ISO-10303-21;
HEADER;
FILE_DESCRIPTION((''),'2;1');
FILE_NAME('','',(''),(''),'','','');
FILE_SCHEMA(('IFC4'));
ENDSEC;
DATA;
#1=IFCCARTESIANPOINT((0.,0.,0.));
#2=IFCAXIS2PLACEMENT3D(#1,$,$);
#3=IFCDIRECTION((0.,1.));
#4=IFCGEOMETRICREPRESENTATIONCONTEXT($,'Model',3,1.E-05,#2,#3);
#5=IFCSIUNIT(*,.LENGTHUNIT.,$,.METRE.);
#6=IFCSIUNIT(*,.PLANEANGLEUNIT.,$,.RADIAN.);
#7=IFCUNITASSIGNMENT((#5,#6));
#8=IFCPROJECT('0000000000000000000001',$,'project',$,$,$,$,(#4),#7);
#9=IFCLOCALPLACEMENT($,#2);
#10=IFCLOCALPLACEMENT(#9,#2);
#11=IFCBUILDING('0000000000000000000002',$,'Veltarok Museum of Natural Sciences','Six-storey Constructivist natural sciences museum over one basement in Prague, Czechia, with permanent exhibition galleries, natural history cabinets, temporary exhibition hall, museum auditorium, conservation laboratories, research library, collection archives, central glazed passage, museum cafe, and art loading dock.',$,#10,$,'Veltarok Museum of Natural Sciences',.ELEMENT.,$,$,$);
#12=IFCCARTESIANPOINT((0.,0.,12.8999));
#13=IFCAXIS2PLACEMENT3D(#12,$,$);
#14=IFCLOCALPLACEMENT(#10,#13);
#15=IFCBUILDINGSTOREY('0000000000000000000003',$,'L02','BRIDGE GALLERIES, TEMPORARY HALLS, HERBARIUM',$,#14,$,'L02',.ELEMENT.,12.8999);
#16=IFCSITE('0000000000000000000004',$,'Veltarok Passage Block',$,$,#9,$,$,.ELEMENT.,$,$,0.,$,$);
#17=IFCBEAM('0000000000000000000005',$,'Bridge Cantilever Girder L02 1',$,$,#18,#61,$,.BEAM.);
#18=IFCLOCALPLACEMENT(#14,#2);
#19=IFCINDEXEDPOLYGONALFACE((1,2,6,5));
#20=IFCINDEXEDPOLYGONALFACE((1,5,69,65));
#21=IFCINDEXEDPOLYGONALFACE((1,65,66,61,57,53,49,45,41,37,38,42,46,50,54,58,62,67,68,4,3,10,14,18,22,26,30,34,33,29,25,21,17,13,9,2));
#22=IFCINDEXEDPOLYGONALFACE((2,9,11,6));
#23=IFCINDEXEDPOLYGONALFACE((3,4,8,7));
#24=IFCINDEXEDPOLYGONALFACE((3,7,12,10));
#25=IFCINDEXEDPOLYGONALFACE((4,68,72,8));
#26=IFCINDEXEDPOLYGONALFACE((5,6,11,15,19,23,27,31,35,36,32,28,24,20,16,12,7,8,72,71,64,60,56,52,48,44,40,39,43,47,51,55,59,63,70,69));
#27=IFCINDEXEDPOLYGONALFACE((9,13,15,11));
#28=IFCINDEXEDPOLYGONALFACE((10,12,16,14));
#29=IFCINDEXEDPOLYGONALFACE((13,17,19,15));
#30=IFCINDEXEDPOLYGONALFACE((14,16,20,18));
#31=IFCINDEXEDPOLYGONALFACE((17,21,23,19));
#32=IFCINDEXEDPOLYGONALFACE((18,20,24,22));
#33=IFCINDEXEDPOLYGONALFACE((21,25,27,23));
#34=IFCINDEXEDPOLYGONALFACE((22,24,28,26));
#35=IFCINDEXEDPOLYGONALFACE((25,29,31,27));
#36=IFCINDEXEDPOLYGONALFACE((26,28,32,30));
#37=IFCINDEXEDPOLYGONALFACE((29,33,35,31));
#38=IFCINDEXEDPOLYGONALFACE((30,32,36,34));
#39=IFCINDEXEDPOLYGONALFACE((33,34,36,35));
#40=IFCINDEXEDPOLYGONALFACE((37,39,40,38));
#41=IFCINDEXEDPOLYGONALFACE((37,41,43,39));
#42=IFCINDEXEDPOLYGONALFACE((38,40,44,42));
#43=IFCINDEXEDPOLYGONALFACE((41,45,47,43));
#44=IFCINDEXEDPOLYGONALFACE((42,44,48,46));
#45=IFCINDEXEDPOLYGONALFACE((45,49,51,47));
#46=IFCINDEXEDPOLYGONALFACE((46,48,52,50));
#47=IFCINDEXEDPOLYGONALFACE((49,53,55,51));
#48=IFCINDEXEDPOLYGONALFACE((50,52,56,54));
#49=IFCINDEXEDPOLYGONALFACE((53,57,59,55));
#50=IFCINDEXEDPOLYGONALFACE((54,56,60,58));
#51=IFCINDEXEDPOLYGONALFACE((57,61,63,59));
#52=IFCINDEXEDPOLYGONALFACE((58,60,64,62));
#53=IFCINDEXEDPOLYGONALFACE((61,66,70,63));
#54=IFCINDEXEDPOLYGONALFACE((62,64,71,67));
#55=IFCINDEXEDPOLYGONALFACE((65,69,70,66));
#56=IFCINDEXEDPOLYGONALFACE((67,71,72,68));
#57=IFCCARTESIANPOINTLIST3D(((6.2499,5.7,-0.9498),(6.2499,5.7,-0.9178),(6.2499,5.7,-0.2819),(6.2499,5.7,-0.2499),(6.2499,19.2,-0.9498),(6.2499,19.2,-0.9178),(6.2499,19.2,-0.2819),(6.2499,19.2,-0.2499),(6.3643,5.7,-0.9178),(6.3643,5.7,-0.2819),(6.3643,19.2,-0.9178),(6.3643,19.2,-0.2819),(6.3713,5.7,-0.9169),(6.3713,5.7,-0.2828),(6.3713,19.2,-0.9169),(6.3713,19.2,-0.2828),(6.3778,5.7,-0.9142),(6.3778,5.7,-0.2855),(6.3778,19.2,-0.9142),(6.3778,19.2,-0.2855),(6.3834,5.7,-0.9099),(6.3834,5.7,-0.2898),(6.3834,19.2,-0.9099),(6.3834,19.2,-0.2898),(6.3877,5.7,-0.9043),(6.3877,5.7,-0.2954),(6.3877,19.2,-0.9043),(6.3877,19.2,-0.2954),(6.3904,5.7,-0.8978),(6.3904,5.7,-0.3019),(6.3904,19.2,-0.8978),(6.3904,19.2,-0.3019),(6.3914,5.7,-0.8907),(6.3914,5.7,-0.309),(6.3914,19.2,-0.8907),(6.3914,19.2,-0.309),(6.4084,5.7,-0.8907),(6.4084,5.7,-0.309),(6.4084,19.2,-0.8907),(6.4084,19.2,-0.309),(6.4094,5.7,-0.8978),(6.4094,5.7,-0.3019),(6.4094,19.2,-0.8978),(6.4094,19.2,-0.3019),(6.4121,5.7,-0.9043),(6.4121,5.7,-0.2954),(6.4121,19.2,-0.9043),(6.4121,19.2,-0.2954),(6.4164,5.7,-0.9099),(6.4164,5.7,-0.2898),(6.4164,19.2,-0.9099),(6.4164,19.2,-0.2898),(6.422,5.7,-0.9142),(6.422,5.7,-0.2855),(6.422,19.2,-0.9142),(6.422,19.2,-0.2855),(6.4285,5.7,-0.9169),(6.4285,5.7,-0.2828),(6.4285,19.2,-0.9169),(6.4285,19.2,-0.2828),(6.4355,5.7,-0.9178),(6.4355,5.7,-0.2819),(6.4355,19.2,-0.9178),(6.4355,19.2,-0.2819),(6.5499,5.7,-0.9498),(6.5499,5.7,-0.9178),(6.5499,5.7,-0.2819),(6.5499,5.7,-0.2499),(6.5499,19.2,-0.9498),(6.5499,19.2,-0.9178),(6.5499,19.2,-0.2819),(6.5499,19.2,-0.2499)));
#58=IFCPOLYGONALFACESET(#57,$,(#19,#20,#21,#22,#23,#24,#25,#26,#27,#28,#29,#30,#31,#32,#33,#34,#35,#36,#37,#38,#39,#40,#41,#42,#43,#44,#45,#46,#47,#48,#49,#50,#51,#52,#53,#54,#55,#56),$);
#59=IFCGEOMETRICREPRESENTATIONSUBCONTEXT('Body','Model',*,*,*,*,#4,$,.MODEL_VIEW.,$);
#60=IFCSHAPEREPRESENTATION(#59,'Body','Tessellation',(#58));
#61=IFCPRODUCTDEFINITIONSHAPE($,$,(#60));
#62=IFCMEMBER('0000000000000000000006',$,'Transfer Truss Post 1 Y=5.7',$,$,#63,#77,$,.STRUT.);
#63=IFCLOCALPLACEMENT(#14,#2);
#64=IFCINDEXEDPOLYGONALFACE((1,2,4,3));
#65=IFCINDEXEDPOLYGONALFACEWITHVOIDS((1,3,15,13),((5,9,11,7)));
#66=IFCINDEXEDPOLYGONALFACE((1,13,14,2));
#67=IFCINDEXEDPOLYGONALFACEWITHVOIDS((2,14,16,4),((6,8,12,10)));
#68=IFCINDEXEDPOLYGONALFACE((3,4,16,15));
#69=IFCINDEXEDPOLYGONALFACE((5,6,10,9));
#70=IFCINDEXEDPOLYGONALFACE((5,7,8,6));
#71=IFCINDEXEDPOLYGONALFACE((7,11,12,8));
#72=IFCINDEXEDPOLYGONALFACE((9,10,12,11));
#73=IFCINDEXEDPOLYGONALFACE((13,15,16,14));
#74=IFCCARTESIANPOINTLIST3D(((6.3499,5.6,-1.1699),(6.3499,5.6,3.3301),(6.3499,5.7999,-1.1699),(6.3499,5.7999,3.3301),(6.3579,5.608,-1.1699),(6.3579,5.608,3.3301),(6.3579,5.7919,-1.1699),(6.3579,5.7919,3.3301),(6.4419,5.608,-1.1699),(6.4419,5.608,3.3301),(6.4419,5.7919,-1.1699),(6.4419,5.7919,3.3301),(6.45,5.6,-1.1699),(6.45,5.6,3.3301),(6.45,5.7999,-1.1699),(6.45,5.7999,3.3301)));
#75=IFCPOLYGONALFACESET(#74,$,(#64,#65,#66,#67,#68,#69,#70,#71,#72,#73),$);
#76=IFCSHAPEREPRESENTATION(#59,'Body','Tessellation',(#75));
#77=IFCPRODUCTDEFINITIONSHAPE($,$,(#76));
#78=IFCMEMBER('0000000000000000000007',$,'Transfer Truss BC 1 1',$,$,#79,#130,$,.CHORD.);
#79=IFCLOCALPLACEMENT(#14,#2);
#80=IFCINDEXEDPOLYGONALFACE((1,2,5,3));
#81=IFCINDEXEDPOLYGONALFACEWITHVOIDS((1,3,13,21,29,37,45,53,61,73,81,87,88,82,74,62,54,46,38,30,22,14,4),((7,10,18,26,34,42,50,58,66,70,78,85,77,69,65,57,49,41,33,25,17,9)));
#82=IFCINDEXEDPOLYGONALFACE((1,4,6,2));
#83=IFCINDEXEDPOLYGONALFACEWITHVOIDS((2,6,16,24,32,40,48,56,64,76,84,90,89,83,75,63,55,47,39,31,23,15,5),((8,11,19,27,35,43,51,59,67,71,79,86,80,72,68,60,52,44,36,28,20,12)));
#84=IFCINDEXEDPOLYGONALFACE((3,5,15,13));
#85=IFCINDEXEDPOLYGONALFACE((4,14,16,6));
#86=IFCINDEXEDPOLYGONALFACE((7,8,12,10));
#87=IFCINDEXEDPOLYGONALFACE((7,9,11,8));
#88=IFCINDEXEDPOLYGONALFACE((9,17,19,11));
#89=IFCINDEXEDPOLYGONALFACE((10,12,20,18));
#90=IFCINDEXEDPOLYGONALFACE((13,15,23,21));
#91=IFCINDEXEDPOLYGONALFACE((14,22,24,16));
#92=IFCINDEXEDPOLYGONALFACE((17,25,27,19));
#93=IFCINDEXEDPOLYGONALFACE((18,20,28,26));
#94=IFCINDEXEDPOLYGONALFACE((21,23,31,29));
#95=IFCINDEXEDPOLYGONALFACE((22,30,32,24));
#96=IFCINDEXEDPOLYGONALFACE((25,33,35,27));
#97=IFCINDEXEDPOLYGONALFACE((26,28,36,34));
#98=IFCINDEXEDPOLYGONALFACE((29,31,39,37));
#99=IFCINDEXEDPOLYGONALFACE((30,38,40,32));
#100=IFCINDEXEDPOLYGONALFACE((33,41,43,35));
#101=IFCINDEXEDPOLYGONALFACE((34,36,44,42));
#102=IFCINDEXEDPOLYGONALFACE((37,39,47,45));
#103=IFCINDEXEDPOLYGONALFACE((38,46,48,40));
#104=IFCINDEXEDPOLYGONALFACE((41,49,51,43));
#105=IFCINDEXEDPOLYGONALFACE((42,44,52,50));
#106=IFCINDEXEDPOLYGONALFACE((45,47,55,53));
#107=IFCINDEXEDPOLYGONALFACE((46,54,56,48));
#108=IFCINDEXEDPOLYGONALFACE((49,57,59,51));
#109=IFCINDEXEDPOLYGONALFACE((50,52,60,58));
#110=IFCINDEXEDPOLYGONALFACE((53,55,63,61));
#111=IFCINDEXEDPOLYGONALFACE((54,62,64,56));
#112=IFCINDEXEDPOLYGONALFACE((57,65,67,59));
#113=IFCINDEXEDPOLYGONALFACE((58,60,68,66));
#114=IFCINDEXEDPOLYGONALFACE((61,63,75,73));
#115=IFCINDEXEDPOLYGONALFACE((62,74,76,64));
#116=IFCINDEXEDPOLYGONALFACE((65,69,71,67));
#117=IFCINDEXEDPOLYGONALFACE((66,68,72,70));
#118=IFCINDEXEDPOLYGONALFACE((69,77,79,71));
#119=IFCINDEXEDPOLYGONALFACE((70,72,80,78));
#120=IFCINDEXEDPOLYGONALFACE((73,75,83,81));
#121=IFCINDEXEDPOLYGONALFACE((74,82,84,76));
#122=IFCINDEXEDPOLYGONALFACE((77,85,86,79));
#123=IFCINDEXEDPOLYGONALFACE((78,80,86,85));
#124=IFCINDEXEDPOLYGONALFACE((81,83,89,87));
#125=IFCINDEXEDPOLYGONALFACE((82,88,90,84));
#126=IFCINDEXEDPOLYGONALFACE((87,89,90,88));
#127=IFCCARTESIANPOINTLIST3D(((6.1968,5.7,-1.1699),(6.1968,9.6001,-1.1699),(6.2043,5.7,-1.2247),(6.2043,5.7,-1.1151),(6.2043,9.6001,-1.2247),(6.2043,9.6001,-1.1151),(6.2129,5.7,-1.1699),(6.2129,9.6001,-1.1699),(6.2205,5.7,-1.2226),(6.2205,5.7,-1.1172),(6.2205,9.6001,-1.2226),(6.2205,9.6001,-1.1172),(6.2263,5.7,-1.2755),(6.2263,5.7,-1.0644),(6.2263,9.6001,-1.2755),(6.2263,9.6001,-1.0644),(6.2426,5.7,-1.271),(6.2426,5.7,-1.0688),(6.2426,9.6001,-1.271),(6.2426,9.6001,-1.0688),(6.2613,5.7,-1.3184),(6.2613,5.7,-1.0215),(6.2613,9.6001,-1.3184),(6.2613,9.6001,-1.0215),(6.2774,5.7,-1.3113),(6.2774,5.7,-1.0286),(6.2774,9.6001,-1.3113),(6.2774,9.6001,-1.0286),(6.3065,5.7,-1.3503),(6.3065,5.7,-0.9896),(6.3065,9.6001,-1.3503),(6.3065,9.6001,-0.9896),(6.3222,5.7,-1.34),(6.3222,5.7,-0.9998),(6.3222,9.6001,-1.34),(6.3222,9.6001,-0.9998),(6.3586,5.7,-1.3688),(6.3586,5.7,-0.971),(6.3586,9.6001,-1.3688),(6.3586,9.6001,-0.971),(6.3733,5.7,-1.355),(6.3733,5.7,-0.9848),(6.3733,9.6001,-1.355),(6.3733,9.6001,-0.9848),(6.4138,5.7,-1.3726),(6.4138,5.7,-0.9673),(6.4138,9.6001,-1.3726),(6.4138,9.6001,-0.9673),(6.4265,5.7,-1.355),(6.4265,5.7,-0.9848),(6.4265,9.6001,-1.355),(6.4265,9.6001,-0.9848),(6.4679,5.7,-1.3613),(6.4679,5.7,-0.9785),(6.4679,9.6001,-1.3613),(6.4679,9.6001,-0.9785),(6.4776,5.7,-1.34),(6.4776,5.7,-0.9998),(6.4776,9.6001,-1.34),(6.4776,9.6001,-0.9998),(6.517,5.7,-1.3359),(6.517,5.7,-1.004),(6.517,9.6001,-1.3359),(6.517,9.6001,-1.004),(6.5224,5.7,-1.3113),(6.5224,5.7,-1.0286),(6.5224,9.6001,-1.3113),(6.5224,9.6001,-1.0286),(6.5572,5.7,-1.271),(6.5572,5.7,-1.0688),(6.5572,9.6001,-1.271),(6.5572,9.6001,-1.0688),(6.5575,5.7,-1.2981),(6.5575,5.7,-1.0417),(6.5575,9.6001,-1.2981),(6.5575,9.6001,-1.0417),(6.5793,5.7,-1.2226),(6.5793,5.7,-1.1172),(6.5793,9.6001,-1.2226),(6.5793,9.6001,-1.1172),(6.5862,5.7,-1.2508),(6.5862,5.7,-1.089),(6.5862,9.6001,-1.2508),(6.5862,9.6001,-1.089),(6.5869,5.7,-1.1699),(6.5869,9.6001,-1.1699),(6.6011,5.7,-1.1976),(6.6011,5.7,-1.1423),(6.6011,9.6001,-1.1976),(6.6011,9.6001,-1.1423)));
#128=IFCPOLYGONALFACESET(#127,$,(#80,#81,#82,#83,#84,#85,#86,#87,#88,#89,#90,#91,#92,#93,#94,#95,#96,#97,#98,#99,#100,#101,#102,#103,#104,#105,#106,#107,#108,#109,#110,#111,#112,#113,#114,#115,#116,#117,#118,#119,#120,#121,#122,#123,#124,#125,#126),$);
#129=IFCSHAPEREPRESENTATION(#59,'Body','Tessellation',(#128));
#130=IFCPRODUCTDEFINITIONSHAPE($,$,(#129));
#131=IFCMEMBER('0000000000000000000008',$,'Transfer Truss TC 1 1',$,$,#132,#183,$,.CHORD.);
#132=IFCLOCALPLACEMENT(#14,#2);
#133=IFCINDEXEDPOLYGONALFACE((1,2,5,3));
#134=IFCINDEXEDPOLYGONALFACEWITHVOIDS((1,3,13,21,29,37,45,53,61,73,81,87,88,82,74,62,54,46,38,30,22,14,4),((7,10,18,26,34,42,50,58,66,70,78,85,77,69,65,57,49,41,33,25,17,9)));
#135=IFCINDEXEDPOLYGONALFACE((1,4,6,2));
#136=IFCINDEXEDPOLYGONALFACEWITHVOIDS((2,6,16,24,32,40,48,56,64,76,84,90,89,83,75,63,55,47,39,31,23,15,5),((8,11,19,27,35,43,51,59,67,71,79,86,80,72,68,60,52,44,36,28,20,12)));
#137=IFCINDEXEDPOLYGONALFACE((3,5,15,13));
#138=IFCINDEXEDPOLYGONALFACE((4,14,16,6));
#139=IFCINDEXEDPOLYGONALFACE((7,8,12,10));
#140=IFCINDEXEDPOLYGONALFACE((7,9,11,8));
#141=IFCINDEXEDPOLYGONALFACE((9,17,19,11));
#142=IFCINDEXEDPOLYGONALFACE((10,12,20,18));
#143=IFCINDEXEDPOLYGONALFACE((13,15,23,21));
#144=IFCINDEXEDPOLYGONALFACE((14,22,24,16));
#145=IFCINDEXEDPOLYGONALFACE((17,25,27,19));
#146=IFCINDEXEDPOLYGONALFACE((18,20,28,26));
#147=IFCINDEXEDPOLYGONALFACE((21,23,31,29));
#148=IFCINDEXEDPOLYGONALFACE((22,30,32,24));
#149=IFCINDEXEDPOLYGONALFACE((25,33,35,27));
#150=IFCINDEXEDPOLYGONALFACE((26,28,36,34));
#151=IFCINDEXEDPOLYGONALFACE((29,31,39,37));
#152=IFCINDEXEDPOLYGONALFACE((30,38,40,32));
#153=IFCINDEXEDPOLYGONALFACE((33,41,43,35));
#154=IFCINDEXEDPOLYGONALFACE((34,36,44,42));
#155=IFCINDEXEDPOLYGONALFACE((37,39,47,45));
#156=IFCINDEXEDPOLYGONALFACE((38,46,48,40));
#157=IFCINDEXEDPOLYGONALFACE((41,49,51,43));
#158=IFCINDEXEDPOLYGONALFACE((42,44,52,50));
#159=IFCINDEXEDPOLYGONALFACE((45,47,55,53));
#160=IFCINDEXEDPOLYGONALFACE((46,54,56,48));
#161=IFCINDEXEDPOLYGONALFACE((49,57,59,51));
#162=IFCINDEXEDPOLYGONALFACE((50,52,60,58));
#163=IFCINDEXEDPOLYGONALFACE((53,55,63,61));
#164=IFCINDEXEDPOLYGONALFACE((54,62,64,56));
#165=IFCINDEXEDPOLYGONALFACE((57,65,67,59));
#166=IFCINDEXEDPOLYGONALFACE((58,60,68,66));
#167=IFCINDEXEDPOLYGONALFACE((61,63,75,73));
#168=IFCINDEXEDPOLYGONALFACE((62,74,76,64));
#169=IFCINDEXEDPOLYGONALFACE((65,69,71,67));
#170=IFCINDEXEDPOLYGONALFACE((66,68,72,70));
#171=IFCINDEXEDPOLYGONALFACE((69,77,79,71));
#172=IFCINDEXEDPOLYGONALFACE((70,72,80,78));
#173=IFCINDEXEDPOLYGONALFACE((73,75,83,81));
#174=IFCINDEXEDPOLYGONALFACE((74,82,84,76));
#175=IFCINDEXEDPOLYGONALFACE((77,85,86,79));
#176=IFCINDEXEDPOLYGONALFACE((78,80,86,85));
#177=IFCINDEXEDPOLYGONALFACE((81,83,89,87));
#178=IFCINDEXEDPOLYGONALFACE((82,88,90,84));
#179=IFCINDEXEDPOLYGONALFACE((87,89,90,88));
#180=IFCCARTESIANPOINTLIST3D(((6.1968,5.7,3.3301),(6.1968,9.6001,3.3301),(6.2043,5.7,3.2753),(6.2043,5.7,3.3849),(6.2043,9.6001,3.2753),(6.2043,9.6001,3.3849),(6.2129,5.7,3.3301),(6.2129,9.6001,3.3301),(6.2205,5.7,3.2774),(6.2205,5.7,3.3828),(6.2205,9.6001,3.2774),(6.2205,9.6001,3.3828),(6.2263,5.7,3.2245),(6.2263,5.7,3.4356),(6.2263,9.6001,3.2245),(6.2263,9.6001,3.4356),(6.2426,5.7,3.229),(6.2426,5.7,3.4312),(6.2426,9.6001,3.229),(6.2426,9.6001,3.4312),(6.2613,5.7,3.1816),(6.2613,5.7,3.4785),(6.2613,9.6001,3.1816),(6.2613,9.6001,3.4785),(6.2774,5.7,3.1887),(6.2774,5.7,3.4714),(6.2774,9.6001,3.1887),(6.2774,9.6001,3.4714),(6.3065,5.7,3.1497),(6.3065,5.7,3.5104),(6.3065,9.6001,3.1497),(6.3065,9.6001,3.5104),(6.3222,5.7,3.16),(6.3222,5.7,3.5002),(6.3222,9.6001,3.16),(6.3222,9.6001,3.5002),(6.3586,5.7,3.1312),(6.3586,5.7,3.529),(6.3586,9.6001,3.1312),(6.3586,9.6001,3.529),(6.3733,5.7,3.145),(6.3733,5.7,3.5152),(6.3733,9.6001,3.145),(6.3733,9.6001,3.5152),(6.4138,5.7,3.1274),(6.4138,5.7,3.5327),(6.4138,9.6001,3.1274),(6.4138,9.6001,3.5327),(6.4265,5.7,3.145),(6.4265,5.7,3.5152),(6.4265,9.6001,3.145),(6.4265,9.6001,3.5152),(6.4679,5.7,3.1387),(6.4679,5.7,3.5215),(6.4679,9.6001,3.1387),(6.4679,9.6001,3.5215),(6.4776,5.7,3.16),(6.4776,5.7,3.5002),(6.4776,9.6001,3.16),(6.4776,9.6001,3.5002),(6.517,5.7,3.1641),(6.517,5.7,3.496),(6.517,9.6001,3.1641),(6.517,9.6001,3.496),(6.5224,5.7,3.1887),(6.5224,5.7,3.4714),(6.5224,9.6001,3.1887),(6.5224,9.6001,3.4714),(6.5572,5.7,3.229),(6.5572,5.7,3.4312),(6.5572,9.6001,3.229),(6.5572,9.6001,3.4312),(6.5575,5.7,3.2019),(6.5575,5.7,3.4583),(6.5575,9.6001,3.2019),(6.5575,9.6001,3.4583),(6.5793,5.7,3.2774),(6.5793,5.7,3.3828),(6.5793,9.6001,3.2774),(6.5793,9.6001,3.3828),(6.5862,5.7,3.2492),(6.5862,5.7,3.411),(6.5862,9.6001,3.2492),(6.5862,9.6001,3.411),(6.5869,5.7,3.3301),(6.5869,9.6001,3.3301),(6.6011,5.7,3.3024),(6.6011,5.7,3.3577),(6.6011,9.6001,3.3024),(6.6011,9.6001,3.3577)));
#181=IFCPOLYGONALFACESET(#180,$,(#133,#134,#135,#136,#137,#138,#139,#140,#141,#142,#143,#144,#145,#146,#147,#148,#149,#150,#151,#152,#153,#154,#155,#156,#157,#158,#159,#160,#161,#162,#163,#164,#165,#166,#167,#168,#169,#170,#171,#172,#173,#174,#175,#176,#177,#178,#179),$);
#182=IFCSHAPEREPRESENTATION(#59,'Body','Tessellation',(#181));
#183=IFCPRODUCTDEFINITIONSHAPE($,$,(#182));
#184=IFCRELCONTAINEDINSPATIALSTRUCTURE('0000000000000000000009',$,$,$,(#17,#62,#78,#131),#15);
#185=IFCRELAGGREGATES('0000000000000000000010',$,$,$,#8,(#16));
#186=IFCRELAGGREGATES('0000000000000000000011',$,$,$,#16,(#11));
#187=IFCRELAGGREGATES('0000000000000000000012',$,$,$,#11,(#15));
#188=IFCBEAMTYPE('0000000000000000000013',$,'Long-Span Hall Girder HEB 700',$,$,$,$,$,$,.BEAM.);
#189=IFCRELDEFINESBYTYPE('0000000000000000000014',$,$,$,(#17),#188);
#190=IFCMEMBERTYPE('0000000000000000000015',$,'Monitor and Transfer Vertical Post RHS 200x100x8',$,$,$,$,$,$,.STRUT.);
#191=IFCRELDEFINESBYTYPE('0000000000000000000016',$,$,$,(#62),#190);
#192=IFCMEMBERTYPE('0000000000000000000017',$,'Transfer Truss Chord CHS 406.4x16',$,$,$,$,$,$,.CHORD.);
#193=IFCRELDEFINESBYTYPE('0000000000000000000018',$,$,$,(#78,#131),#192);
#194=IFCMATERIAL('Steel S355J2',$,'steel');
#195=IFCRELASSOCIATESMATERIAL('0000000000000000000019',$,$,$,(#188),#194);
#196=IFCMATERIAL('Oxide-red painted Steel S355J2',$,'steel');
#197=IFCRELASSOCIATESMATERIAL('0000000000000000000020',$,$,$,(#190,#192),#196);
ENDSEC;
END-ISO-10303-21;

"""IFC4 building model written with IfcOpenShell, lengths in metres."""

from ifc_helpers import new_model, si_unit, direction, frame, origin, origin_2d, place, context, subcontext, project, spatial, hollow_rectangle, hollow_circle, i_section, extrude, material, material_profile, profile_set, type_object, element, save


model = new_model("IFC4")

# Units and contexts
model_context = context("Model", 3, precision=1e-05, world=origin(), true_north=direction((0.0, 1.0)))
body_context = subcontext(model_context, "Body", "Model", "MODEL_VIEW")
ifc_project = project(units=[si_unit("LENGTHUNIT", "METRE"), si_unit("PLANEANGLEUNIT", "RADIAN")], contexts=[model_context])

# Site, building, storey
site_placement = place(None, origin())
site = spatial("IfcSite", under=ifc_project, at=site_placement, Name="Veltarok Passage Block", CompositionType="ELEMENT", RefElevation=0.0)
building_placement = place(site_placement, origin())
building = spatial("IfcBuilding", under=site, at=building_placement, Name="Veltarok Museum of Natural Sciences", Description="Six-storey Constructivist natural sciences museum over one basement in Prague, Czechia, with permanent exhibition galleries, natural history cabinets, temporary exhibition hall, museum auditorium, conservation laboratories, research library, collection archives, central glazed passage, museum cafe, and art loading dock.", LongName="Veltarok Museum of Natural Sciences", CompositionType="ELEMENT")
storey_placement = place(building_placement, frame((0.0, 0.0, 12.8999)))
storey = spatial("IfcBuildingStorey", under=building, at=storey_placement, Name="L02", Description="BRIDGE GALLERIES, TEMPORARY HALLS, HERBARIUM", LongName="L02", CompositionType="ELEMENT", Elevation=12.8999)

# Shared definitions
ifc_material_1 = material(Name="Steel S355J2", Category="steel")

# Beam
ifc_material_profile_1 = material_profile(ifc_material_1, i_section(OverallWidth=0.3, OverallDepth=0.7, WebThickness=0.0171, FlangeThickness=0.032, FilletRadius=0.0271, at=origin_2d()), Name="HEB 700")
ifc_profile_set_1 = profile_set([ifc_material_profile_1], Name="Steel S355J2")
beam_type_1 = type_object("IfcBeamType", Name="Long-Span Hall Girder HEB 700", PredefinedType="BEAM", material=ifc_profile_set_1)
beam_1_placement = place(storey_placement, frame((6.3999, 5.7, -0.5999), z_axis=(0.0, 1.0, 0.0), x_axis=(-1.0, 0.0, 0.0)))
element("IfcBeam", 1, at=beam_1_placement, inside=storey, type_object=beam_type_1, Name="Bridge Cantilever Girder L02 1", PredefinedType="BEAM", context=body_context, shape_type="SweptSolid", body=[
    extrude(i_section(OverallWidth=0.3, OverallDepth=0.7, WebThickness=0.0171, FlangeThickness=0.032, FilletRadius=0.0271, at=origin_2d()), origin(), (0.0, 0.0, 1.0), 13.5),
])

# Members
ifc_material_2 = material(Name="Oxide-red painted Steel S355J2", Category="steel")
ifc_material_profile_2 = material_profile(ifc_material_2, hollow_rectangle(XDim=0.1001, YDim=0.2, WallThickness=0.0081, at=origin_2d()), Name="RHS 200x100x8")
ifc_profile_set_2 = profile_set([ifc_material_profile_2], Name="Oxide-red painted Steel S355J2")
member_type_1 = type_object("IfcMemberType", Name="Monitor and Transfer Vertical Post RHS 200x100x8", PredefinedType="STRUT", material=ifc_profile_set_2)
member_1_placement = place(storey_placement, frame((6.3999, 5.7, -1.1699), z_axis=(0.0, 0.0, 1.0), x_axis=(1.0, 0.0, 0.0)))
element("IfcMember", 2, at=member_1_placement, inside=storey, type_object=member_type_1, Name="Transfer Truss Post 1 Y=5.7", PredefinedType="STRUT", context=body_context, shape_type="SweptSolid", body=[
    extrude(hollow_rectangle(XDim=0.1001, YDim=0.2, WallThickness=0.0081, at=origin_2d()), origin(), (0.0, 0.0, 1.0), 4.5),
])
ifc_material_profile_3 = material_profile(ifc_material_2, hollow_circle(Radius=0.2031, WallThickness=0.0161, at=origin_2d()), Name="CHS 406.4x16")
ifc_profile_set_3 = profile_set([ifc_material_profile_3], Name="Oxide-red painted Steel S355J2")
member_type_2 = type_object("IfcMemberType", Name="Transfer Truss Chord CHS 406.4x16", PredefinedType="CHORD", material=ifc_profile_set_3)
for number, where, z_axis, x_axis, name in (
    (3, (6.3999, 5.7, -1.1699), (0.0, 1.0, 0.0), (-1.0, 0.0, 0.0), "Transfer Truss BC 1 1"),
    (4, (6.3999, 5.7, 3.3301), (0.0, 1.0, 0.0), (-1.0, 0.0, 0.0), "Transfer Truss TC 1 1"),
):
    element("IfcMember", number, at=place(storey_placement, frame(where, z_axis=z_axis, x_axis=x_axis)), inside=storey, type_object=member_type_2, Name=name, PredefinedType="CHORD", context=body_context, shape_type="SweptSolid", body=[
        extrude(hollow_circle(Radius=0.2031, WallThickness=0.0161, at=origin_2d()), origin(), (0.0, 0.0, 1.0), 3.9001),
    ])

save(model, "model.ifc")
